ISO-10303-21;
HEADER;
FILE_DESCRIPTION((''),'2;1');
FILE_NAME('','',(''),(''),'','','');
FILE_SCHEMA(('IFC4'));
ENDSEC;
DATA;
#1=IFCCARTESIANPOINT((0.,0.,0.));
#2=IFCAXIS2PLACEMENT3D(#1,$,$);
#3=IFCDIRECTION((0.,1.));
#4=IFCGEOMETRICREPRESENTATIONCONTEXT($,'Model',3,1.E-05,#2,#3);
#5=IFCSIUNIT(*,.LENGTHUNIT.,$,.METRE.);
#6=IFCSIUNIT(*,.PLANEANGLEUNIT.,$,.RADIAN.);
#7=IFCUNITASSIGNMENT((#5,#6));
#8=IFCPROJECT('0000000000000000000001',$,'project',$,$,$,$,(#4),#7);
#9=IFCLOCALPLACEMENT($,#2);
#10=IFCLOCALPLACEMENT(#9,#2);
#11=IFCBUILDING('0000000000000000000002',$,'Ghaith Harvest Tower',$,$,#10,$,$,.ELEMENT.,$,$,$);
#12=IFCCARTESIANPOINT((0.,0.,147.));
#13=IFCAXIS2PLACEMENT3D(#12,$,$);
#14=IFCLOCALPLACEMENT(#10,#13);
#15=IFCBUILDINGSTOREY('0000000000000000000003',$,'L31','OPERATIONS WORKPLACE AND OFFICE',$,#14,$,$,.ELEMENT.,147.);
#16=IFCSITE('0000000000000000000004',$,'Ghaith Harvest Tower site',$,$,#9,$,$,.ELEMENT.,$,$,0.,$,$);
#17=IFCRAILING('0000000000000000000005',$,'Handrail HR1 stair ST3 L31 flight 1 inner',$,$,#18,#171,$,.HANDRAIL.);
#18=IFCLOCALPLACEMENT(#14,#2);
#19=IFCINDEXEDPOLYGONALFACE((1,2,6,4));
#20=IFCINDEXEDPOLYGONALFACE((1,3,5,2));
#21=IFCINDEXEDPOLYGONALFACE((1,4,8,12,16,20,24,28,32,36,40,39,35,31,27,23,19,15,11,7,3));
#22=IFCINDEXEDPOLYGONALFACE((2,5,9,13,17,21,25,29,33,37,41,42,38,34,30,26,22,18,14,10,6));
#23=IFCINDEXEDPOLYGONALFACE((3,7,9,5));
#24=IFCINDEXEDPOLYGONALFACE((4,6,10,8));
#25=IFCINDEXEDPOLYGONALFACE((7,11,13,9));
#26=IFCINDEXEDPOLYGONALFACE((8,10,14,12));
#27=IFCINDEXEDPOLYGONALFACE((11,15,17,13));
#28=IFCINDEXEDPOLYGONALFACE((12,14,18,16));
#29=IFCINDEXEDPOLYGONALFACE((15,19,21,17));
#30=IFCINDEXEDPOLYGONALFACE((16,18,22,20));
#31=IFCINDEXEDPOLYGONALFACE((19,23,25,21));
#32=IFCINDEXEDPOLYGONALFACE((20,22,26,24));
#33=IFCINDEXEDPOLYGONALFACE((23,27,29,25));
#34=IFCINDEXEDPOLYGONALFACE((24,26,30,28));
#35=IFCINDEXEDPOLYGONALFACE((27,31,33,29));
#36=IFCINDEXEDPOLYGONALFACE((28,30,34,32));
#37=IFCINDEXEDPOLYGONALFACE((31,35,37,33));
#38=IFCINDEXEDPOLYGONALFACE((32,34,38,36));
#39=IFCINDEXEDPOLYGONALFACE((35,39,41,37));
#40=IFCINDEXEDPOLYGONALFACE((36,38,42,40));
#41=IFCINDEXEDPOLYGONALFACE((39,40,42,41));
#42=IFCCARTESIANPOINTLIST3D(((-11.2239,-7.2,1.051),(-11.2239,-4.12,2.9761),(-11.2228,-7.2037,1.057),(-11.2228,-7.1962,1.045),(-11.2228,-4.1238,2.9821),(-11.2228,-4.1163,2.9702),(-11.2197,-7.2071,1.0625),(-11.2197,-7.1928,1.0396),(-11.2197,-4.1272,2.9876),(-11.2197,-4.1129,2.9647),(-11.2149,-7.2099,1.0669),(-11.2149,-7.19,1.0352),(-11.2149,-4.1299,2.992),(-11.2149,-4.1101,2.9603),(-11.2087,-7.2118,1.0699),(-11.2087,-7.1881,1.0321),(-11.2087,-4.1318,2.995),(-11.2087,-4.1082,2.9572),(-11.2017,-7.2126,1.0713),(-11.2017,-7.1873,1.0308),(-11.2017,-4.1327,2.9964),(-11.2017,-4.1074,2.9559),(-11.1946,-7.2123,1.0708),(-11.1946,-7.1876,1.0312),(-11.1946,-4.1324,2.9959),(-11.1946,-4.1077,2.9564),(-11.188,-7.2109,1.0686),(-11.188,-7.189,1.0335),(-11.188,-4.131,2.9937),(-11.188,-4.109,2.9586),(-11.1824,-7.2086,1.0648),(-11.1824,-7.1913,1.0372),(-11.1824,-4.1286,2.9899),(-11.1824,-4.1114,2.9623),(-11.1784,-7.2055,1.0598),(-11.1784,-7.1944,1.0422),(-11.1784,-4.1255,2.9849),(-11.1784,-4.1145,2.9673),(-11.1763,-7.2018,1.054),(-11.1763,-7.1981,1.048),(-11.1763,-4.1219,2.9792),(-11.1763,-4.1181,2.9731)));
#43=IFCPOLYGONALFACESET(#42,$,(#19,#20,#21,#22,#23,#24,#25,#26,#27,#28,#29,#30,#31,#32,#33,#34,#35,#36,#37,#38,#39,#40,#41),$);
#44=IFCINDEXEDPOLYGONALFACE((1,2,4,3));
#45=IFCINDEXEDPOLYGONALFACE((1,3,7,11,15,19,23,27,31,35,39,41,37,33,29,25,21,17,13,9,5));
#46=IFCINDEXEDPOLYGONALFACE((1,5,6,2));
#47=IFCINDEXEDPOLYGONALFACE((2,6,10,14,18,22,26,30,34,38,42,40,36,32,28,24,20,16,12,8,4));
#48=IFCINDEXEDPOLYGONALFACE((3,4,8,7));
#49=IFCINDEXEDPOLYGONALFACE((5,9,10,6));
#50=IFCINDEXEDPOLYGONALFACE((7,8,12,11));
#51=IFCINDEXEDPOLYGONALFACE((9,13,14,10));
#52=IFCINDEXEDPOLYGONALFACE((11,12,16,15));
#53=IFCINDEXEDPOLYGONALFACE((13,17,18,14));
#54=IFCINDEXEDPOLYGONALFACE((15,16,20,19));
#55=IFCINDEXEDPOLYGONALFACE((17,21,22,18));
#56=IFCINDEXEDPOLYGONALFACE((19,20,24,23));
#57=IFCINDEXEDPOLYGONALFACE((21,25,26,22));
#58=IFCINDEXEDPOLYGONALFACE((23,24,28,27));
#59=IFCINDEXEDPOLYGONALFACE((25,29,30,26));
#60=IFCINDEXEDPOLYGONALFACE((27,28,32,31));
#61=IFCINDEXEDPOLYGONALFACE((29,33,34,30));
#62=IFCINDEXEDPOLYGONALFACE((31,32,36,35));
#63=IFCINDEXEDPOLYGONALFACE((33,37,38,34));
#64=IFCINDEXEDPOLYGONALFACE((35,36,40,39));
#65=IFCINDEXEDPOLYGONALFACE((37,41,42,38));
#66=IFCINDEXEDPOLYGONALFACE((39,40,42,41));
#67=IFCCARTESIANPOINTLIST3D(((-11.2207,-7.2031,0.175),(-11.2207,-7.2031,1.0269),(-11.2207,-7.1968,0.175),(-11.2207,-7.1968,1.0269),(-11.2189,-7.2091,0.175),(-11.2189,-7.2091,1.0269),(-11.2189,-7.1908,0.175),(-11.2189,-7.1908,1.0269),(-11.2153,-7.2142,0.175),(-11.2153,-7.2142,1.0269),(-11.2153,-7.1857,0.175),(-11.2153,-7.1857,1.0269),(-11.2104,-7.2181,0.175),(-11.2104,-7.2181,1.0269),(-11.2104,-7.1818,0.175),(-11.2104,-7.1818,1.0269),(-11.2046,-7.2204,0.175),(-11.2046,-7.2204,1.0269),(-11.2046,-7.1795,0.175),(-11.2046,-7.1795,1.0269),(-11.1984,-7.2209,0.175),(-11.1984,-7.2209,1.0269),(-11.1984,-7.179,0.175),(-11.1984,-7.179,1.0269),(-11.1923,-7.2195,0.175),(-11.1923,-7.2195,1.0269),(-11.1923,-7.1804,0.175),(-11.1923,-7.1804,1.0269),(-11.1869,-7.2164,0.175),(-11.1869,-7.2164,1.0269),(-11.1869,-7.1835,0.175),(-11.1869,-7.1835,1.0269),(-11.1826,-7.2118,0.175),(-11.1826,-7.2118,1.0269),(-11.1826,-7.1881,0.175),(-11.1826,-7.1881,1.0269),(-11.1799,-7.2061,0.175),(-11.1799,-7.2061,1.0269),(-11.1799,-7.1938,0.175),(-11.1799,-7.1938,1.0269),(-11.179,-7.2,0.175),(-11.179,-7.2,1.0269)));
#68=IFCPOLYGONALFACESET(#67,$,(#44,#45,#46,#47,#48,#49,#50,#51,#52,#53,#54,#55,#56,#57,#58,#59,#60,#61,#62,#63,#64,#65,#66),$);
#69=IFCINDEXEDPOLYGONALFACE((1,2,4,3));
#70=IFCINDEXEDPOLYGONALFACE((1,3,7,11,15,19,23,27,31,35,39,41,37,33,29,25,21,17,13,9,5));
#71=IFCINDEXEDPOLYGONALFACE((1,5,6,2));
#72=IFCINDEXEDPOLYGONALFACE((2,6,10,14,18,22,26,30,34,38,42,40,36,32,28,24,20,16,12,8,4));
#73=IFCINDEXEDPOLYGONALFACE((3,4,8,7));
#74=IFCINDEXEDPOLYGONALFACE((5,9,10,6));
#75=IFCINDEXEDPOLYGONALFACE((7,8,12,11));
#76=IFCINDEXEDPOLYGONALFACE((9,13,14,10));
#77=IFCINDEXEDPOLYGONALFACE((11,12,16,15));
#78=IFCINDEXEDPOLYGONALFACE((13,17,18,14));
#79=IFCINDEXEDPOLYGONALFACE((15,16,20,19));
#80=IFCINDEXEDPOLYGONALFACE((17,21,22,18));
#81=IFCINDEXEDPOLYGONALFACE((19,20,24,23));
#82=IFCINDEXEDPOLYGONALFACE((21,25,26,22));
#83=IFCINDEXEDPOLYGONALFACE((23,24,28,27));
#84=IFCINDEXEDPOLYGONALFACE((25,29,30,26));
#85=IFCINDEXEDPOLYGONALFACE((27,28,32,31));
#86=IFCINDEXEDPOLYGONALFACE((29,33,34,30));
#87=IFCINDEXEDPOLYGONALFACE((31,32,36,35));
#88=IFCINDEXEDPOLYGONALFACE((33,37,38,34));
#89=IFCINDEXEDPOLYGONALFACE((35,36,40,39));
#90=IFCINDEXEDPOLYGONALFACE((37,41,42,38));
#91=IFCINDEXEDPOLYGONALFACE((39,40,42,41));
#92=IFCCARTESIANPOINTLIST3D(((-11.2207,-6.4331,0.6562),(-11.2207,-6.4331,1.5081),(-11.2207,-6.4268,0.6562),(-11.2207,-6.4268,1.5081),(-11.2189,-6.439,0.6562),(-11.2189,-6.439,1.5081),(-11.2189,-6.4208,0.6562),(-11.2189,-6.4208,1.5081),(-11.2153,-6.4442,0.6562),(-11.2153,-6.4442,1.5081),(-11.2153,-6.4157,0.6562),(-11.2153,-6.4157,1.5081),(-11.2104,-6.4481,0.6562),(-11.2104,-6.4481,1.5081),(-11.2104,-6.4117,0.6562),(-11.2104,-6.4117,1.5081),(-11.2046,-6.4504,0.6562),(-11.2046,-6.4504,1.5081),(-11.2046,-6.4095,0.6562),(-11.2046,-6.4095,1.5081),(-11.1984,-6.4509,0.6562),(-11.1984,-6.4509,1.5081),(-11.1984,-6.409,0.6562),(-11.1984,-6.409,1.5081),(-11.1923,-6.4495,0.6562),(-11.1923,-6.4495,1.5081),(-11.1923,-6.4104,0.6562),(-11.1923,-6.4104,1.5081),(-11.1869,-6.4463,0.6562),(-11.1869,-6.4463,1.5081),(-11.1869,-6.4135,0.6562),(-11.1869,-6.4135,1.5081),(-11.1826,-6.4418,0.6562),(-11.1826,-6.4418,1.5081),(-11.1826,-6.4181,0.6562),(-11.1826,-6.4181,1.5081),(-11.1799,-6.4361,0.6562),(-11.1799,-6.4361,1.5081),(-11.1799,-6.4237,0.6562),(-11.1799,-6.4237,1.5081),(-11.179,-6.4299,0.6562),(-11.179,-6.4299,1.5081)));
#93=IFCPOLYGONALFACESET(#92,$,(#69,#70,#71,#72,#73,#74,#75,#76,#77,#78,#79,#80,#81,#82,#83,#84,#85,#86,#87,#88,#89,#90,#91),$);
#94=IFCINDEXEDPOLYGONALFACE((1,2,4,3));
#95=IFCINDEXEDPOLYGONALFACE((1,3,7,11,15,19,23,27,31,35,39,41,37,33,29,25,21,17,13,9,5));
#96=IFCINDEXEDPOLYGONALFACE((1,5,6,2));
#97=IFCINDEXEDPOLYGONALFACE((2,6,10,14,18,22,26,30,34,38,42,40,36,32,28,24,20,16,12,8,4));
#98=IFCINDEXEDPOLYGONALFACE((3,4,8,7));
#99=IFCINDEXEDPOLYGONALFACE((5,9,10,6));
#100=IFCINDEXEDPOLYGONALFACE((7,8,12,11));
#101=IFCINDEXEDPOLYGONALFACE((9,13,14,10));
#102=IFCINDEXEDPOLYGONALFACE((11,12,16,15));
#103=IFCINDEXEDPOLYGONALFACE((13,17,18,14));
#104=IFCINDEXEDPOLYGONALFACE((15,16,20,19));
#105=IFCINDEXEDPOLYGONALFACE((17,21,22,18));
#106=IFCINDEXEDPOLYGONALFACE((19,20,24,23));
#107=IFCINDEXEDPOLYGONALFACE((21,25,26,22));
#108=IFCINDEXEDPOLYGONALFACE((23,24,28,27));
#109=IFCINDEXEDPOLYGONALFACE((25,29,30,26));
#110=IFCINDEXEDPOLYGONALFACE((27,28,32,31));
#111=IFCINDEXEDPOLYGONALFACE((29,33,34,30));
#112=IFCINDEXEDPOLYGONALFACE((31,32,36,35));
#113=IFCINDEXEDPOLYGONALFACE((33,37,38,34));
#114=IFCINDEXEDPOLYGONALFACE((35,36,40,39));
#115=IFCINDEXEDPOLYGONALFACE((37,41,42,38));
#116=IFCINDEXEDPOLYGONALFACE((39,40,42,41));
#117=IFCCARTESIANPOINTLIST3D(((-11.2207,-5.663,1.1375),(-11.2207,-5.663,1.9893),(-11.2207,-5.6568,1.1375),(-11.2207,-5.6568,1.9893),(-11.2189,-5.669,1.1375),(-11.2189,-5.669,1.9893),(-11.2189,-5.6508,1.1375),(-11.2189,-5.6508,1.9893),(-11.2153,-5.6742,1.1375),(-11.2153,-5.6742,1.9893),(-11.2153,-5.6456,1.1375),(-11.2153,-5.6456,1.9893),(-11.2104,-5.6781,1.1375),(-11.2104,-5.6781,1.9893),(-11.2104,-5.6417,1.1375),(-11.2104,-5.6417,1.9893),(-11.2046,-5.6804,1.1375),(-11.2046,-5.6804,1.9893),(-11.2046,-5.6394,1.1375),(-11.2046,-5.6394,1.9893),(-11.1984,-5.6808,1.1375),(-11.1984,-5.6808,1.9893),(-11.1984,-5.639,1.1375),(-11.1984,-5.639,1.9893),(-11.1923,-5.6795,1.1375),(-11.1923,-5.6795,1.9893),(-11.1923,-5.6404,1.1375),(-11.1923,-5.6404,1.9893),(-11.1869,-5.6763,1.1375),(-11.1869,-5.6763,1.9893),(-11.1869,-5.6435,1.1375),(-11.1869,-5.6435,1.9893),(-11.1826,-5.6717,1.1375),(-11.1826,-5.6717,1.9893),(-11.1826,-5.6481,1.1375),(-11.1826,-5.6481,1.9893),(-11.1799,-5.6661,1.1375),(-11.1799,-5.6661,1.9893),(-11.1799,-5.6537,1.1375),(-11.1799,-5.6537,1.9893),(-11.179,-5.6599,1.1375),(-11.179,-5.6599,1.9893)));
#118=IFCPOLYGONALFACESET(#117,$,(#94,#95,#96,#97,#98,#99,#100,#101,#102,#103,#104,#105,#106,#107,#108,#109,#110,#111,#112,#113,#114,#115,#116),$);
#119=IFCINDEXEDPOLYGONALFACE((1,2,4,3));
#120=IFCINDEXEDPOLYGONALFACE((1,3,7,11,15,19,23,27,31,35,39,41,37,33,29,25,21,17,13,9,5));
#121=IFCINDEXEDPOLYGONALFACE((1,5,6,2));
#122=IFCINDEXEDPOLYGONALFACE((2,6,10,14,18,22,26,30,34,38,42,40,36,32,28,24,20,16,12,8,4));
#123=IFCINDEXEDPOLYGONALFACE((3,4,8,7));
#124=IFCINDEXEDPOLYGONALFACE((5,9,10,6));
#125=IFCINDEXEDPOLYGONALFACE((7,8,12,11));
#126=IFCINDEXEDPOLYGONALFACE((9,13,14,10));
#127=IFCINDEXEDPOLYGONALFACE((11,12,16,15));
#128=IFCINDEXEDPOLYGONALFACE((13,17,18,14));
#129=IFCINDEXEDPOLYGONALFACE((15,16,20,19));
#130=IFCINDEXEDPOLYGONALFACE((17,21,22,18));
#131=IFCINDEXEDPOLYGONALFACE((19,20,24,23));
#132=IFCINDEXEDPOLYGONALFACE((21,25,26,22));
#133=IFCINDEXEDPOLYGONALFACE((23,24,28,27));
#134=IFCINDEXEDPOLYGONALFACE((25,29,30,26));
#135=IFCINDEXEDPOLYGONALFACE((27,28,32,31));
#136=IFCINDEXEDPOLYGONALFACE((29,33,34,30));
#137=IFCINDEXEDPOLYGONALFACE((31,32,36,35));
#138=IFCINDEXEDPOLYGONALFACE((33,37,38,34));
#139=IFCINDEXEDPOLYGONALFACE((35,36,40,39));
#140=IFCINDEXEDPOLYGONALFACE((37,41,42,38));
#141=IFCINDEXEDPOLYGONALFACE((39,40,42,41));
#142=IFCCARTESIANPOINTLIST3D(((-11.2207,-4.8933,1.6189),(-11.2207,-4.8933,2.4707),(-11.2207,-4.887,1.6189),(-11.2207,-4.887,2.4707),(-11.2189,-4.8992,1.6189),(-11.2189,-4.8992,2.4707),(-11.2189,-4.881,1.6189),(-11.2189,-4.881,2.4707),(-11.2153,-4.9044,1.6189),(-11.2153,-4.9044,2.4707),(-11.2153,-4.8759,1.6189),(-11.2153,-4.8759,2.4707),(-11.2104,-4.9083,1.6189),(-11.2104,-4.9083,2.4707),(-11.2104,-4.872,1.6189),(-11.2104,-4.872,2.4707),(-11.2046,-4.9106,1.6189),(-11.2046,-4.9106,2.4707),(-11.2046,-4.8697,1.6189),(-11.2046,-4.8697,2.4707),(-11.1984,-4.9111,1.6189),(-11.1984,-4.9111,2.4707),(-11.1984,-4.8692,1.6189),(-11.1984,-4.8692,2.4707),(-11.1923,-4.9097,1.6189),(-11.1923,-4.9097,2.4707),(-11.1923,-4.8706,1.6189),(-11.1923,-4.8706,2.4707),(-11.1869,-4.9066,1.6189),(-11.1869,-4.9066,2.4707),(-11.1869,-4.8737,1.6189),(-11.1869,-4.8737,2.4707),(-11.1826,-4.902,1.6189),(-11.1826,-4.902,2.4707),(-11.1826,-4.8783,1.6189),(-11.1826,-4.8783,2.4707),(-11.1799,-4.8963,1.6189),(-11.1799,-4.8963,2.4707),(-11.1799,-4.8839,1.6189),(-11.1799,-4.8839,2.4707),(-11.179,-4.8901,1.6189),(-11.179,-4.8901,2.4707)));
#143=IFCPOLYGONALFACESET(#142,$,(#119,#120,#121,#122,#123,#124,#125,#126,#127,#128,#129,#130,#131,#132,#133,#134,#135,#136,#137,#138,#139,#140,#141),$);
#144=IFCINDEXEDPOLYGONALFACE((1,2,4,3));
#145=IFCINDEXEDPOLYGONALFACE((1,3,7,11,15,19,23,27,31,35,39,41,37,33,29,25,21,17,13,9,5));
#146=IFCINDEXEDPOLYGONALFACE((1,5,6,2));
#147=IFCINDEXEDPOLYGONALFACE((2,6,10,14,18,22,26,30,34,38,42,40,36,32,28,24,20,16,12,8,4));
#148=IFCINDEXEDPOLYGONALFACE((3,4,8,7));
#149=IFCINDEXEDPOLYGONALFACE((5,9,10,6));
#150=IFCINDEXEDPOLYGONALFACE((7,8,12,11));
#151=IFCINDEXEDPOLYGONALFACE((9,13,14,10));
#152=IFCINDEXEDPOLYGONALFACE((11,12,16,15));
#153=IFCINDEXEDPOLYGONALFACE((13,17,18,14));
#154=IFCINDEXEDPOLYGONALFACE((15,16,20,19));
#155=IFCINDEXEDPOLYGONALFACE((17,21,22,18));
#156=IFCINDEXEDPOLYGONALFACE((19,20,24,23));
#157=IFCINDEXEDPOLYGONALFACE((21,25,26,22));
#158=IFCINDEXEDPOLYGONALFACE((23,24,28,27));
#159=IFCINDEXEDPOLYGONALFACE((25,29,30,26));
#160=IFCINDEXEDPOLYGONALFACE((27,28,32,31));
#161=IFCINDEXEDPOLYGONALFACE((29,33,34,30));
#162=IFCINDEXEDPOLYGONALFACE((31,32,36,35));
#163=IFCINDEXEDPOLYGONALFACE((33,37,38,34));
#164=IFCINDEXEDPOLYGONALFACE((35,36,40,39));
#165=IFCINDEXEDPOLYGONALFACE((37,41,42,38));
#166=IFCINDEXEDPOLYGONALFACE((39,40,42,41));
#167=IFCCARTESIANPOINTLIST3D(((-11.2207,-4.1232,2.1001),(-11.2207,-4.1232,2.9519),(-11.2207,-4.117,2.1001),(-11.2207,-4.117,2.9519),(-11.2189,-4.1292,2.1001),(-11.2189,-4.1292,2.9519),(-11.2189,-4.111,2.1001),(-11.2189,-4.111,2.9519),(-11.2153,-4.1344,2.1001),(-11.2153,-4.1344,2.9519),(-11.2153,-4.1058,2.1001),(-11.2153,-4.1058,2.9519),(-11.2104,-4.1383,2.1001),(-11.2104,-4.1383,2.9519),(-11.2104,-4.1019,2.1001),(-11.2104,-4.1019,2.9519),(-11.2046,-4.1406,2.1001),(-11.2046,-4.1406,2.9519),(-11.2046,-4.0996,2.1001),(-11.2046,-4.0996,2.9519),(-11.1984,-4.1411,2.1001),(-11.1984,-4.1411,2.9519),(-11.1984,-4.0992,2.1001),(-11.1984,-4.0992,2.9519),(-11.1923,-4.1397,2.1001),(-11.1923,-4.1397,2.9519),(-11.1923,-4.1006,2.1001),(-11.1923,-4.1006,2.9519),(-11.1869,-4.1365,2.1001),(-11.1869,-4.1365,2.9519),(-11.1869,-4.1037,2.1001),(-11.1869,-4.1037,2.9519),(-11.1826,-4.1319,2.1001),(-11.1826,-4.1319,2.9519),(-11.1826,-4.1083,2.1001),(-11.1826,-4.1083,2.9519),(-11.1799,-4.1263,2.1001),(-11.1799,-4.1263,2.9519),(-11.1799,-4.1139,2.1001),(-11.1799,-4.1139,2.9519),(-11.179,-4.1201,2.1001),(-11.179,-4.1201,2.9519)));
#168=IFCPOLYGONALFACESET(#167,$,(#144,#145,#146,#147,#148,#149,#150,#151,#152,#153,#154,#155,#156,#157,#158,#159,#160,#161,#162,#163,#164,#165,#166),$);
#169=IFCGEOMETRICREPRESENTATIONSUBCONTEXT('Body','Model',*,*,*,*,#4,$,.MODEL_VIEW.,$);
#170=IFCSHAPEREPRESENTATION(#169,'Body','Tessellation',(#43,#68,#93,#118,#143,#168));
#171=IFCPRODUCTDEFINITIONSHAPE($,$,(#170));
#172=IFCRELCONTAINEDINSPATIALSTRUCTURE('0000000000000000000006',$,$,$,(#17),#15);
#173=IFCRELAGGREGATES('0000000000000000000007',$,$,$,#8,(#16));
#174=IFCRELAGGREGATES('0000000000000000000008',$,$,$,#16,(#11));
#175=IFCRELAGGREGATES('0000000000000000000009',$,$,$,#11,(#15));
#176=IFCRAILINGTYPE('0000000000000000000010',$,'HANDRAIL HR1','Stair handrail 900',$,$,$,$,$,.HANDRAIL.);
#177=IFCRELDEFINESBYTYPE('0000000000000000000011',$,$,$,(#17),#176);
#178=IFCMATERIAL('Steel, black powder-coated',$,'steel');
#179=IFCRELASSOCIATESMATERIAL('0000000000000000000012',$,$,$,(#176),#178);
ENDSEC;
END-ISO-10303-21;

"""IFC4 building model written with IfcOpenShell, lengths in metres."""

from ifc_helpers import new_model, si_unit, direction, frame, origin, origin_2d, place, context, subcontext, project, spatial, circle, extrude, material, type_object, element, save


model = new_model("IFC4")

# Units and contexts
model_context = context("Model", 3, precision=1e-05, world=origin(), true_north=direction((0.0, 1.0)))
body_context = subcontext(model_context, "Body", "Model", "MODEL_VIEW")
ifc_project = project(units=[si_unit("LENGTHUNIT", "METRE"), si_unit("PLANEANGLEUNIT", "RADIAN")], contexts=[model_context])

# Site, building, storey
site_placement = place(None, origin())
site = spatial("IfcSite", under=ifc_project, at=site_placement, Name="Ghaith Harvest Tower site", CompositionType="ELEMENT", RefElevation=0.0)
building_placement = place(site_placement, origin())
building = spatial("IfcBuilding", under=site, at=building_placement, Name="Ghaith Harvest Tower", CompositionType="ELEMENT")
storey_placement = place(building_placement, frame((0.0, 0.0, 147.0)))
storey = spatial("IfcBuildingStorey", under=building, at=storey_placement, Name="L31", Description="OPERATIONS WORKPLACE AND OFFICE", CompositionType="ELEMENT", Elevation=147.0)

# Railing
ifc_material_1 = material(Name="Steel, black powder-coated", Category="steel")
railing_type = type_object("IfcRailingType", Name="HANDRAIL HR1", Description="Stair handrail 900", PredefinedType="HANDRAIL", material=ifc_material_1)
railing_1_placement = place(storey_placement, frame((-11.2, -7.2, 0.175)))
element("IfcRailing", 1, at=railing_1_placement, inside=storey, type_object=railing_type, Name="Handrail HR1 stair ST3 L31 flight 1 inner", PredefinedType="HANDRAIL", context=body_context, shape_type="SweptSolid", body=[
    extrude(circle(Radius=0.0239, at=origin_2d()), frame((0.0, 0.0, 0.876), z_axis=(0.0, 0.847979, 0.530029), x_axis=(-1.0, 0.0, 0.0)), (0.0, 0.0, 1.0), 3.6321),
    extrude(circle(Radius=0.021, at=origin_2d()), origin(), (0.0, 0.0, 1.0), 0.8518),
    extrude(circle(Radius=0.021, at=origin_2d()), frame((0.0, 0.77, 0.4812)), (0.0, 0.0, 1.0), 0.8518),
    extrude(circle(Radius=0.021, at=origin_2d()), frame((0.0, 1.54, 0.9624)), (0.0, 0.0, 1.0), 0.8518),
    extrude(circle(Radius=0.021, at=origin_2d()), frame((0.0, 2.3098, 1.4438)), (0.0, 0.0, 1.0), 0.8518),
    extrude(circle(Radius=0.021, at=origin_2d()), frame((0.0, 3.0798, 1.925)), (0.0, 0.0, 1.0), 0.8518),
])

save(model, "model.ifc")
